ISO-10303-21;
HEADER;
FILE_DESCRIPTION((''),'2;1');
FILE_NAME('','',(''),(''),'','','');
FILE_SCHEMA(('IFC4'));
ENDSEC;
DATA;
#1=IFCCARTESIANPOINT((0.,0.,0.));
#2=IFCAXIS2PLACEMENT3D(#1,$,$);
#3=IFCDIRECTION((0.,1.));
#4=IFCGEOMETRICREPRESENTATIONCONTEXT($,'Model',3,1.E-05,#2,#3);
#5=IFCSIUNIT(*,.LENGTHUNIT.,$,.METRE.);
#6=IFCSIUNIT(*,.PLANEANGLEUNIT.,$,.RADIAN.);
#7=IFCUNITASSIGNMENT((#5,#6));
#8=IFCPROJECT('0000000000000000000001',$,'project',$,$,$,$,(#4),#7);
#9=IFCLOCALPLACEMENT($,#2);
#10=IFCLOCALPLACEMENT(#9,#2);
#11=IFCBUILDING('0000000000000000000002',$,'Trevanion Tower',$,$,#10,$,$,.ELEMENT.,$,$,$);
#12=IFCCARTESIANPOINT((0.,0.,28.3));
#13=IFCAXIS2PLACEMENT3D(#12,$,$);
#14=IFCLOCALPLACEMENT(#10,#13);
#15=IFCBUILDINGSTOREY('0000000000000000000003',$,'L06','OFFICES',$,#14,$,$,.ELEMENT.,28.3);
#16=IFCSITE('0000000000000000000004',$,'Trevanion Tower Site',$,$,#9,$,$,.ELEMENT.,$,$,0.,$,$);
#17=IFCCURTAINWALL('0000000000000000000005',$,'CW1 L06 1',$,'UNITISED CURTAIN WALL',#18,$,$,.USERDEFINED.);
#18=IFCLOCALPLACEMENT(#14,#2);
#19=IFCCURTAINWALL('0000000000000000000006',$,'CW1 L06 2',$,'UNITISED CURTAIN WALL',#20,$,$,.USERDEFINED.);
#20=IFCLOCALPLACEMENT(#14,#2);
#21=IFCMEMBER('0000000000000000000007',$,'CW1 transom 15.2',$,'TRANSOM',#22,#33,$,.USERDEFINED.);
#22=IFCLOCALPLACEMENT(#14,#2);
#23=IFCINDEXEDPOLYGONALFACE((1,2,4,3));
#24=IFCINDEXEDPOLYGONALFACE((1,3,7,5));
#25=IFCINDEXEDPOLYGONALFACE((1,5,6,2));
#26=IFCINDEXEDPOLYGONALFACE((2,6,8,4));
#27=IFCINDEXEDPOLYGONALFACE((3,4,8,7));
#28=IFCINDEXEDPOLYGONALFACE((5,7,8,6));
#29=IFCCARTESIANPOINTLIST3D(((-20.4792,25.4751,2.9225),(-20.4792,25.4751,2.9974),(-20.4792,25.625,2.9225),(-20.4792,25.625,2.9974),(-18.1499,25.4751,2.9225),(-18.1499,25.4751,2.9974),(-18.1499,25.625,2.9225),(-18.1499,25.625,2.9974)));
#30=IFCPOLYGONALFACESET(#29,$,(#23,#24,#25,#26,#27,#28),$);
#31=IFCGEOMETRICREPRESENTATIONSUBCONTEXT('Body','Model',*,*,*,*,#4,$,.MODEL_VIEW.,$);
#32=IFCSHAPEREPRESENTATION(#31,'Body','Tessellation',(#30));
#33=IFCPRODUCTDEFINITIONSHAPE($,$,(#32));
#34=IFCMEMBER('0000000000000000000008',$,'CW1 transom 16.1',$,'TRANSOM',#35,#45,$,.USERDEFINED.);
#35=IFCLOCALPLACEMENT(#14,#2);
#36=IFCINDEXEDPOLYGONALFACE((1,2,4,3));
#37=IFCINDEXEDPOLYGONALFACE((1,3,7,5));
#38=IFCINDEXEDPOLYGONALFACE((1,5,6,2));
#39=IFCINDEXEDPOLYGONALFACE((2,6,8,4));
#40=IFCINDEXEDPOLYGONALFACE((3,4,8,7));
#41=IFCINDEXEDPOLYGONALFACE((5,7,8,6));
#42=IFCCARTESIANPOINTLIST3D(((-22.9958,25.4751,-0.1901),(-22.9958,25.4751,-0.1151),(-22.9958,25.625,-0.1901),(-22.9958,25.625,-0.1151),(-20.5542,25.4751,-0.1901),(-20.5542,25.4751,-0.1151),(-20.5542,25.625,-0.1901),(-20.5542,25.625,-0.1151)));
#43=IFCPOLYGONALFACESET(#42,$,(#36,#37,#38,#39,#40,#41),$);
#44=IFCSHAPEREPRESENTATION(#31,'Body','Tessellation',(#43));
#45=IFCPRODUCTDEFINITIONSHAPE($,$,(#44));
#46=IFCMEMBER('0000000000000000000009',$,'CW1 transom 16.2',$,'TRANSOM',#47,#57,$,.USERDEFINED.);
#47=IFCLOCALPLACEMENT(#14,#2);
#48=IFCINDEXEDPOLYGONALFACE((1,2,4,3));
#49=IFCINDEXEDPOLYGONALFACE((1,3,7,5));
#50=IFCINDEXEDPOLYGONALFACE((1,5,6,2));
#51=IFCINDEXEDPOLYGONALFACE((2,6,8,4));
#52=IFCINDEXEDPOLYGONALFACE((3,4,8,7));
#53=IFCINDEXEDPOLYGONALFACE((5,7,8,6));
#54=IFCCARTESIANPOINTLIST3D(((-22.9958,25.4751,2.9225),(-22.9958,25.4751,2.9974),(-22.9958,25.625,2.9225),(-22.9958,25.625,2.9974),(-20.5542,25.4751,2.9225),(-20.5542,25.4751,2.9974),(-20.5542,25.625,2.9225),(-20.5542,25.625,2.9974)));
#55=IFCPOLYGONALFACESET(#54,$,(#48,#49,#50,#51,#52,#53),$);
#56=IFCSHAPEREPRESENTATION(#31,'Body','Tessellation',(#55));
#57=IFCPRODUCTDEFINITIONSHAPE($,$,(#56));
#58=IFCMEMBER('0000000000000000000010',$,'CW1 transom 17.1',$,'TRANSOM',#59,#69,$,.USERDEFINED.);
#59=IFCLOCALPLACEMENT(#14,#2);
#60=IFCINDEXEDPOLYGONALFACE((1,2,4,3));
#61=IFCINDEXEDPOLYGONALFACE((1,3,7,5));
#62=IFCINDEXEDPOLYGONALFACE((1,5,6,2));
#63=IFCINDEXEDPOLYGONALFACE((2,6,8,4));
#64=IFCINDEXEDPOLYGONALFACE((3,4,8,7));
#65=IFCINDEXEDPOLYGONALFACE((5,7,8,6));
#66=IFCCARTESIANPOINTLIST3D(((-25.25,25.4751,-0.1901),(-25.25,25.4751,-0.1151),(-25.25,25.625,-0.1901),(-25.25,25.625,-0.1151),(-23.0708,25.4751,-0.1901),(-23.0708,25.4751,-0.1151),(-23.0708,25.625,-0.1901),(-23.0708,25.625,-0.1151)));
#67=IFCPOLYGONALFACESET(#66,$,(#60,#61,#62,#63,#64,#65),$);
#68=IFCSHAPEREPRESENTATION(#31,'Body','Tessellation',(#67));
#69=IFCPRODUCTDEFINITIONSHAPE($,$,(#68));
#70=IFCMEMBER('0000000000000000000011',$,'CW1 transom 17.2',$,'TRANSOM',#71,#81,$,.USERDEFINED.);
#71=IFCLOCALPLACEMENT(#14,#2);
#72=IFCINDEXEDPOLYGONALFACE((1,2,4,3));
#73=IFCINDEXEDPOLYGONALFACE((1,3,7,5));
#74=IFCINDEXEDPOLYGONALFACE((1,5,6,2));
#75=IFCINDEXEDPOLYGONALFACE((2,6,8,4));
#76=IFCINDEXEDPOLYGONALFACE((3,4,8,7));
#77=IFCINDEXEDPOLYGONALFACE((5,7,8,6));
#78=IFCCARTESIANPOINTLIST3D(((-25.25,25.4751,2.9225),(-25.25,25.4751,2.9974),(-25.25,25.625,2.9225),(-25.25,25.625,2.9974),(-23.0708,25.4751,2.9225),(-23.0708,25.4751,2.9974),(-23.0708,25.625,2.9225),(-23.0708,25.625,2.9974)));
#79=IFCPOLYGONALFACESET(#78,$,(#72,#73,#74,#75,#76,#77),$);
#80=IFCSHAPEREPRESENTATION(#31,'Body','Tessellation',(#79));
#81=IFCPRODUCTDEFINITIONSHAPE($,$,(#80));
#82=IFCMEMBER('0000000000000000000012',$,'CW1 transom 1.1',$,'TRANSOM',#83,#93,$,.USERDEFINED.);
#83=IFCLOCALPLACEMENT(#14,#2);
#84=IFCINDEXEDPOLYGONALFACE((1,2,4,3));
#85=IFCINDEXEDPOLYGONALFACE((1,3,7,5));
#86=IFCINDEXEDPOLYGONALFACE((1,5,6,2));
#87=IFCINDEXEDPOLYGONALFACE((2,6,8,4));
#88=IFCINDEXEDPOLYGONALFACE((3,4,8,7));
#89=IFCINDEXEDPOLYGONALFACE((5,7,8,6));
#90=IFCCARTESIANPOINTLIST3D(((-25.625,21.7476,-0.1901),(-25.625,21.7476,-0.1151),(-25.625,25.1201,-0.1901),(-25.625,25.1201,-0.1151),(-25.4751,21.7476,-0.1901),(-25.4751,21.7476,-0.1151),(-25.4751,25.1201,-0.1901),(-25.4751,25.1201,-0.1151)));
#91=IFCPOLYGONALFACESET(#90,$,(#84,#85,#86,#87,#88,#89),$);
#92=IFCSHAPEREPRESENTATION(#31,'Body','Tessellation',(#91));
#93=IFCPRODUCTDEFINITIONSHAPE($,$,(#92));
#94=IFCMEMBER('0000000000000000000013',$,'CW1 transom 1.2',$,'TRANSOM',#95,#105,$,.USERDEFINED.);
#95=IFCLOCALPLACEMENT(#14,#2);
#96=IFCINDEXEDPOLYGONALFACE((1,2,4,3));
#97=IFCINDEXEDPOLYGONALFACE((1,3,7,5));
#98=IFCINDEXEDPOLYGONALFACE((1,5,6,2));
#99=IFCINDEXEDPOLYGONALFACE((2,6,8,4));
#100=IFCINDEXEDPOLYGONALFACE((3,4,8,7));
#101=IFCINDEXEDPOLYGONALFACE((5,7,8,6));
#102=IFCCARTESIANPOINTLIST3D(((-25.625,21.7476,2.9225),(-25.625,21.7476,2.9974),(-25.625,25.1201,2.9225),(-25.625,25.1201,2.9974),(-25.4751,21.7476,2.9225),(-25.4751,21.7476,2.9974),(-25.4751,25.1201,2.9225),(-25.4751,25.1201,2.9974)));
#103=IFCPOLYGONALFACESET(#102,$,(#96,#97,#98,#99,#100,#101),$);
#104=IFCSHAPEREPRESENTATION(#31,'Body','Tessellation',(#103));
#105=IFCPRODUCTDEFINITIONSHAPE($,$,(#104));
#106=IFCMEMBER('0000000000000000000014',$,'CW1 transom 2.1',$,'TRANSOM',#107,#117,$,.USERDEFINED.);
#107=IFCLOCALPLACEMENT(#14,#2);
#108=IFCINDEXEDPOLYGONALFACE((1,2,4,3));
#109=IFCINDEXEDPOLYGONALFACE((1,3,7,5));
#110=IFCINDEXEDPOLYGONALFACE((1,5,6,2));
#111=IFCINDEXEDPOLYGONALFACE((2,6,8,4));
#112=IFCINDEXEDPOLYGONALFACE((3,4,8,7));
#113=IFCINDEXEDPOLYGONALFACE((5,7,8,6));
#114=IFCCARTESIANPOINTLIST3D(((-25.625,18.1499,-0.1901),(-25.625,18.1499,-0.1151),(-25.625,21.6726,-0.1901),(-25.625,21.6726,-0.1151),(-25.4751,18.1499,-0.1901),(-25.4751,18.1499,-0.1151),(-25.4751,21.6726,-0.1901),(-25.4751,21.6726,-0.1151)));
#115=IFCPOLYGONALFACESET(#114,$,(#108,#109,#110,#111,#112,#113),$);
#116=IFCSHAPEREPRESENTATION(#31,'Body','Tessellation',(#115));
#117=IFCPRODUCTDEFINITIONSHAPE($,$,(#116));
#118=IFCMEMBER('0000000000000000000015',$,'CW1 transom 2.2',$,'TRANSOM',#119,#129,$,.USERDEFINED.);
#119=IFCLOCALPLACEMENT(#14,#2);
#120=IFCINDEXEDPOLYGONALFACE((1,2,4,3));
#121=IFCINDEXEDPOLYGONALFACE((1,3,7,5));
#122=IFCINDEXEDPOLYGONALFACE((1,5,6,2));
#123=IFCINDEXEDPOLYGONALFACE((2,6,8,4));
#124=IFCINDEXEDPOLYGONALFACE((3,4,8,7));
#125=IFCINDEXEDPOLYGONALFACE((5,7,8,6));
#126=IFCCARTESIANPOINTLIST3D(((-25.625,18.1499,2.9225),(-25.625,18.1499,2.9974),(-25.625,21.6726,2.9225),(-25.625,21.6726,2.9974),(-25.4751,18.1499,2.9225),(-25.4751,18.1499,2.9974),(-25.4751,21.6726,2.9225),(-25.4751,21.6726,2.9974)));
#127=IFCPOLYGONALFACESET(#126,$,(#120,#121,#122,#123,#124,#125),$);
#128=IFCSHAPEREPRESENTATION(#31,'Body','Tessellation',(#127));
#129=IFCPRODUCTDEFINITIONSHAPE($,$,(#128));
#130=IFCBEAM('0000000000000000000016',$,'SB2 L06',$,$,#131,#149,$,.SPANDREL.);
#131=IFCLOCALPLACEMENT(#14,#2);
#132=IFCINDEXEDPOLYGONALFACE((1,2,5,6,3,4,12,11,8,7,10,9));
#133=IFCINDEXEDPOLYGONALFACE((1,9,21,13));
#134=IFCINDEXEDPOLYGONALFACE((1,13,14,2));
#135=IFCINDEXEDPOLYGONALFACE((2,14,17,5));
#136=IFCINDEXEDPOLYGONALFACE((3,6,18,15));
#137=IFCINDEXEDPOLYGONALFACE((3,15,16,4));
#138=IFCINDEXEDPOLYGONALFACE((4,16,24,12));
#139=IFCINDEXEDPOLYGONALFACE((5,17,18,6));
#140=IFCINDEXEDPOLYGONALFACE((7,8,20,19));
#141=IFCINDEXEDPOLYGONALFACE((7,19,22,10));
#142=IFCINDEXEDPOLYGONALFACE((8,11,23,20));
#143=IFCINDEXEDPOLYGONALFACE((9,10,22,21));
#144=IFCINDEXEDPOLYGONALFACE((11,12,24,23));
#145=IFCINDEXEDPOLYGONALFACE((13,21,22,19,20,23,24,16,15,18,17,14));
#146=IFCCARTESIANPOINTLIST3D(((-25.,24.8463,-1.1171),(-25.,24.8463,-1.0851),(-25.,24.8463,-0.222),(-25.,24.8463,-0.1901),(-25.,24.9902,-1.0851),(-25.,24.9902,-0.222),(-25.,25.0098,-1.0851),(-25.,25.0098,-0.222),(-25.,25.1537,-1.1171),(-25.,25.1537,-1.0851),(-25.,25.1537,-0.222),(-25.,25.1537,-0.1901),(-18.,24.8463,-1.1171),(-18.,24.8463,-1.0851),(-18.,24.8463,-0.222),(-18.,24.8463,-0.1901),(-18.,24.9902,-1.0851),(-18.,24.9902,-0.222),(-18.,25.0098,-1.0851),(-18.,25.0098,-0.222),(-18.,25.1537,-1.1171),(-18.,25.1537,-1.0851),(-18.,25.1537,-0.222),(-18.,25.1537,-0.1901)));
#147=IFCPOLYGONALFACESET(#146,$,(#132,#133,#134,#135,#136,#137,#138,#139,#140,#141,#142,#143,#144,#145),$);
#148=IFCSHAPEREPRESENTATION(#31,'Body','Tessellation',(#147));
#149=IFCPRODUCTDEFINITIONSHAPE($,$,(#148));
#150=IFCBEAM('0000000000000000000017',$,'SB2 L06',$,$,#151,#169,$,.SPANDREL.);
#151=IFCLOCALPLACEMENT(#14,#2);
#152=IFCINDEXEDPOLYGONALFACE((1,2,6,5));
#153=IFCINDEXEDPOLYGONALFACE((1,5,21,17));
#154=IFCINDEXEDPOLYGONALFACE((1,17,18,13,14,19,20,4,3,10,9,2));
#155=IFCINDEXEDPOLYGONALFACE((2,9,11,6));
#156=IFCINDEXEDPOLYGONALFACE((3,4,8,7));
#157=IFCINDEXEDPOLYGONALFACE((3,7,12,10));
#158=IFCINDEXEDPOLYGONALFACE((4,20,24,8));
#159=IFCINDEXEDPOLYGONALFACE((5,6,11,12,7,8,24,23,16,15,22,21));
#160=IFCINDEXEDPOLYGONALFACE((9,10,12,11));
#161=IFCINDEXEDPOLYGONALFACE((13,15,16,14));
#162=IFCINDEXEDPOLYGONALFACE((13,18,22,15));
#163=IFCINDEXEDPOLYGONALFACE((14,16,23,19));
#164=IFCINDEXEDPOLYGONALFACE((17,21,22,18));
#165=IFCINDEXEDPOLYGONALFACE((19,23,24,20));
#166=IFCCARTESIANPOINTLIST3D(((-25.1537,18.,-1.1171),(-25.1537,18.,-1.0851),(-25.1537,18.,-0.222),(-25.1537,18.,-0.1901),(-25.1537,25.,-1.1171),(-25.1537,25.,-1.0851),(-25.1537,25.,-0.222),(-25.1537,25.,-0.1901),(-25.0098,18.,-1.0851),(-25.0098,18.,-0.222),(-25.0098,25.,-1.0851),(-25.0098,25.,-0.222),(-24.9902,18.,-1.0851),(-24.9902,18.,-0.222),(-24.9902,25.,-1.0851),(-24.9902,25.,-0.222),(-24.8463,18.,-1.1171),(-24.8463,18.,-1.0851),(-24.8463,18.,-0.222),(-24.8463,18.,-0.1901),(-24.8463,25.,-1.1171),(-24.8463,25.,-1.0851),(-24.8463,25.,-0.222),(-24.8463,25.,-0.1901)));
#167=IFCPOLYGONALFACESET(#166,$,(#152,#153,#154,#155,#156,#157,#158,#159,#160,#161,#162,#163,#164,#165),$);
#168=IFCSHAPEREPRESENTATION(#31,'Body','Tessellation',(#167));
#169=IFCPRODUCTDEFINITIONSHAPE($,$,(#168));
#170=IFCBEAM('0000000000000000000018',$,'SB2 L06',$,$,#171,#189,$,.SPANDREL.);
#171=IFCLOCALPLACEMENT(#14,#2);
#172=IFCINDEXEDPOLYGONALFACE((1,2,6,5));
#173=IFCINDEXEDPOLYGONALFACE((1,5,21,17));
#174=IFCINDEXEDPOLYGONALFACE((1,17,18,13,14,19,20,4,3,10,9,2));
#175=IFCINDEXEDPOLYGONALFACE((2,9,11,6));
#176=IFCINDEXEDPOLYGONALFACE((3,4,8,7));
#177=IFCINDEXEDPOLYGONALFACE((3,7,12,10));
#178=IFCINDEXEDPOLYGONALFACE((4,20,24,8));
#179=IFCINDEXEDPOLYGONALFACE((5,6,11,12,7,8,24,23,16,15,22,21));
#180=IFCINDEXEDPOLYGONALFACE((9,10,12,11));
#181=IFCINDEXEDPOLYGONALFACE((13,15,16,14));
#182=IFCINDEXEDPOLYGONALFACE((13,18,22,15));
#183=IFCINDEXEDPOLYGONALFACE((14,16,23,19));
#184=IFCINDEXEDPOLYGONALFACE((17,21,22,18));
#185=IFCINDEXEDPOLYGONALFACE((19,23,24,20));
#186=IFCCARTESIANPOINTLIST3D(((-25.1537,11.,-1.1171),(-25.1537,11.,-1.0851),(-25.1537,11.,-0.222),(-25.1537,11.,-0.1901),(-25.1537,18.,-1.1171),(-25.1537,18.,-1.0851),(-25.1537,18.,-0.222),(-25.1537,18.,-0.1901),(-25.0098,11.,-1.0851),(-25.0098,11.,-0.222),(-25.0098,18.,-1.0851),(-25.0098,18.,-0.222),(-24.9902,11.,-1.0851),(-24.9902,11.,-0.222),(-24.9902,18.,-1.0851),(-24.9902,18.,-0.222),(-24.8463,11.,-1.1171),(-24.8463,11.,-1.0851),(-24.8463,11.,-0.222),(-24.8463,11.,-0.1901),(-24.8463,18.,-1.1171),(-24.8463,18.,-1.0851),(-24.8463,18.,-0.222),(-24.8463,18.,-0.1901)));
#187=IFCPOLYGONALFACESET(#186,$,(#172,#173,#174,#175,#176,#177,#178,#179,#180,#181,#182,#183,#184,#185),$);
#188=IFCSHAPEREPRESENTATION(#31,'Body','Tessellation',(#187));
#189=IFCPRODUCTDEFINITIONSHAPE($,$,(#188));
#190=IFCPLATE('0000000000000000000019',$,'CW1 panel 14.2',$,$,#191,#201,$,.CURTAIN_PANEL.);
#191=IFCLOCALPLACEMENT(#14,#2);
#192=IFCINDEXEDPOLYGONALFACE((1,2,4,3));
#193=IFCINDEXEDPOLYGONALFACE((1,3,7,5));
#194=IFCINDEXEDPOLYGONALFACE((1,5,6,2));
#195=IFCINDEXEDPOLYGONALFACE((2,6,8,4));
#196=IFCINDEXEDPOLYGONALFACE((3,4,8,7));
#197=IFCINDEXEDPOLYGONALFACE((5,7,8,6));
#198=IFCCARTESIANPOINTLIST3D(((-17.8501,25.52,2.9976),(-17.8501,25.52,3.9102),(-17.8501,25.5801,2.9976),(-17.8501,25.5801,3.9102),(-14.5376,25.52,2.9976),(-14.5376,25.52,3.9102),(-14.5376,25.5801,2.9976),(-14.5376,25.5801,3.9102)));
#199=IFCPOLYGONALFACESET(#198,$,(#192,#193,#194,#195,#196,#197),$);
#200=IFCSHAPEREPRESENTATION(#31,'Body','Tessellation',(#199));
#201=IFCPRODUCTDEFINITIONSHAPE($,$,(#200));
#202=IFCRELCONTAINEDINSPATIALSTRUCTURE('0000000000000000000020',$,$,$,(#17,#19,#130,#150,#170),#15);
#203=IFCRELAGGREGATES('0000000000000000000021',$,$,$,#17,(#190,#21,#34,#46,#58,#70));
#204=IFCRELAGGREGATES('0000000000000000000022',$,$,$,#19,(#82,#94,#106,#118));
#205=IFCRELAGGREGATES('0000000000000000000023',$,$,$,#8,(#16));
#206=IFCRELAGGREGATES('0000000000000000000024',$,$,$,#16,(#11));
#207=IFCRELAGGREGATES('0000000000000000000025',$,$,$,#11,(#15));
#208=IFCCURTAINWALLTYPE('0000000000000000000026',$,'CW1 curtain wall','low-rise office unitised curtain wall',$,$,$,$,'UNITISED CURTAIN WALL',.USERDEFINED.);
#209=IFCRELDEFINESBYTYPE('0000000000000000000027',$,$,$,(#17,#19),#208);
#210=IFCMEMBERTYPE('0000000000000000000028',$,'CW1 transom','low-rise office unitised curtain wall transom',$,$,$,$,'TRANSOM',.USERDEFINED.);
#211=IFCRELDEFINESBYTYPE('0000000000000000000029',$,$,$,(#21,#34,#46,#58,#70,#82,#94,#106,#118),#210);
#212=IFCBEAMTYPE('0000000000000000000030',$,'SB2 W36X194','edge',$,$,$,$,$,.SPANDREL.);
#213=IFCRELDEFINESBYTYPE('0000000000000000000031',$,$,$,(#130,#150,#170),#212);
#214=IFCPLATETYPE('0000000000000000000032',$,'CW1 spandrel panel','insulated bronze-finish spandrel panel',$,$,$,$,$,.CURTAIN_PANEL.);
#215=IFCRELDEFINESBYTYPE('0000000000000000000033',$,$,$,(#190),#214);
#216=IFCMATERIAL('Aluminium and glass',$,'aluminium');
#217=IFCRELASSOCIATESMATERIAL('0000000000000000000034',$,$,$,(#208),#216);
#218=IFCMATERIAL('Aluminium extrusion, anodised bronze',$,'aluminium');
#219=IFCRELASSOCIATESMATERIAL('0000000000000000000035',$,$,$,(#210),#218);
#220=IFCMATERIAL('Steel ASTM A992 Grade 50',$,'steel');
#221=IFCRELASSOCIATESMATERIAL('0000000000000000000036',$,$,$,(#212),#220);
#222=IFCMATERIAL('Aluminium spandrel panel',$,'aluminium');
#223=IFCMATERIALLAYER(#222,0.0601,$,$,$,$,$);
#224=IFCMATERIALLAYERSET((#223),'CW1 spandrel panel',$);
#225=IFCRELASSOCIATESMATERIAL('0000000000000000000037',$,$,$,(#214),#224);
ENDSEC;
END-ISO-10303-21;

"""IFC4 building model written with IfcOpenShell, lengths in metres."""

from ifc_helpers import new_model, si_unit, direction, frame, origin, origin_2d, place, context, subcontext, project, spatial, rectangle, i_section, extrude, material, layer, layer_set, material_profile, profile_set, type_object, element, aggregate, save


model = new_model("IFC4")

# Units and contexts
model_context = context("Model", 3, precision=1e-05, world=origin(), true_north=direction((0.0, 1.0)))
body_context = subcontext(model_context, "Body", "Model", "MODEL_VIEW")
ifc_project = project(units=[si_unit("LENGTHUNIT", "METRE"), si_unit("PLANEANGLEUNIT", "RADIAN")], contexts=[model_context])

# Site, building, storey
site_placement = place(None, origin())
site = spatial("IfcSite", under=ifc_project, at=site_placement, Name="Trevanion Tower Site", CompositionType="ELEMENT", RefElevation=0.0)
building_placement = place(site_placement, origin())
building = spatial("IfcBuilding", under=site, at=building_placement, Name="Trevanion Tower", CompositionType="ELEMENT")
storey_placement = place(building_placement, frame((0.0, 0.0, 28.3)))
storey = spatial("IfcBuildingStorey", under=building, at=storey_placement, Name="L06", Description="OFFICES", CompositionType="ELEMENT", Elevation=28.3)

# Curtain wall
ifc_material_1 = material(Name="Aluminium and glass", Category="aluminium")
curtain_wall_type = type_object("IfcCurtainWallType", Name="CW1 curtain wall", Description="low-rise office unitised curtain wall", ElementType="UNITISED CURTAIN WALL", PredefinedType="USERDEFINED", material=ifc_material_1)
curtain_wall_1_placement = place(storey_placement, origin())
curtain_wall_1 = element("IfcCurtainWall", 1, at=curtain_wall_1_placement, inside=storey, type_object=curtain_wall_type, Name="CW1 L06 1", ObjectType="UNITISED CURTAIN WALL", PredefinedType="USERDEFINED")

# Curtain wall
curtain_wall_2_placement = place(storey_placement, origin())
curtain_wall_2 = element("IfcCurtainWall", 2, at=curtain_wall_2_placement, inside=storey, type_object=curtain_wall_type, Name="CW1 L06 2", ObjectType="UNITISED CURTAIN WALL", PredefinedType="USERDEFINED")

# Members
ifc_material_2 = material(Name="Aluminium extrusion, anodised bronze", Category="aluminium")
ifc_material_profile_1 = material_profile(ifc_material_2, rectangle(XDim=0.1499, YDim=0.075, at=origin_2d()), Name="CW1 transom")
ifc_profile_set_1 = profile_set([ifc_material_profile_1], Name="Aluminium extrusion, anodised bronze")
member_type_1 = type_object("IfcMemberType", Name="CW1 transom", Description="low-rise office unitised curtain wall transom", ElementType="TRANSOM", PredefinedType="USERDEFINED", material=ifc_profile_set_1)
member_1_placement = place(storey_placement, frame((-18.1499, 25.55, 2.96), z_axis=(-1.0, 0.0, 0.0), x_axis=(0.0, -1.0, 0.0)))
member_1 = element("IfcMember", 3, at=member_1_placement, type_object=member_type_1, Name="CW1 transom 15.2", ObjectType="TRANSOM", PredefinedType="USERDEFINED", context=body_context, shape_type="SweptSolid", body=[
    extrude(rectangle(XDim=0.1499, YDim=0.075, at=origin_2d()), origin(), (0.0, 0.0, 1.0), 2.3293),
])
member_2_placement = place(storey_placement, frame((-20.5542, 25.55, -0.1526), z_axis=(-1.0, 0.0, 0.0), x_axis=(0.0, -1.0, 0.0)))
member_2 = element("IfcMember", 4, at=member_2_placement, type_object=member_type_1, Name="CW1 transom 16.1", ObjectType="TRANSOM", PredefinedType="USERDEFINED", context=body_context, shape_type="SweptSolid", body=[
    extrude(rectangle(XDim=0.1499, YDim=0.075, at=origin_2d()), origin(), (0.0, 0.0, 1.0), 2.4417),
])
member_3_placement = place(storey_placement, frame((-20.5542, 25.55, 2.96), z_axis=(-1.0, 0.0, 0.0), x_axis=(0.0, -1.0, 0.0)))
member_3 = element("IfcMember", 5, at=member_3_placement, type_object=member_type_1, Name="CW1 transom 16.2", ObjectType="TRANSOM", PredefinedType="USERDEFINED", context=body_context, shape_type="SweptSolid", body=[
    extrude(rectangle(XDim=0.1499, YDim=0.075, at=origin_2d()), origin(), (0.0, 0.0, 1.0), 2.4417),
])
member_4_placement = place(storey_placement, frame((-23.0708, 25.55, -0.1526), z_axis=(-1.0, 0.0, 0.0), x_axis=(0.0, -1.0, 0.0)))
member_4 = element("IfcMember", 6, at=member_4_placement, type_object=member_type_1, Name="CW1 transom 17.1", ObjectType="TRANSOM", PredefinedType="USERDEFINED", context=body_context, shape_type="SweptSolid", body=[
    extrude(rectangle(XDim=0.1499, YDim=0.075, at=origin_2d()), origin(), (0.0, 0.0, 1.0), 2.1792),
])
member_5_placement = place(storey_placement, frame((-23.0708, 25.55, 2.96), z_axis=(-1.0, 0.0, 0.0), x_axis=(0.0, -1.0, 0.0)))
member_5 = element("IfcMember", 7, at=member_5_placement, type_object=member_type_1, Name="CW1 transom 17.2", ObjectType="TRANSOM", PredefinedType="USERDEFINED", context=body_context, shape_type="SweptSolid", body=[
    extrude(rectangle(XDim=0.1499, YDim=0.075, at=origin_2d()), origin(), (0.0, 0.0, 1.0), 2.1792),
])
member_6_placement = place(storey_placement, frame((-25.55, 25.1201, -0.1526), z_axis=(0.0, -1.0, 0.0), x_axis=(1.0, 0.0, 0.0)))
member_6 = element("IfcMember", 8, at=member_6_placement, type_object=member_type_1, Name="CW1 transom 1.1", ObjectType="TRANSOM", PredefinedType="USERDEFINED", context=body_context, shape_type="SweptSolid", body=[
    extrude(rectangle(XDim=0.1499, YDim=0.075, at=origin_2d()), origin(), (0.0, 0.0, 1.0), 3.3726),
])
member_7_placement = place(storey_placement, frame((-25.55, 25.1201, 2.96), z_axis=(0.0, -1.0, 0.0), x_axis=(1.0, 0.0, 0.0)))
member_7 = element("IfcMember", 9, at=member_7_placement, type_object=member_type_1, Name="CW1 transom 1.2", ObjectType="TRANSOM", PredefinedType="USERDEFINED", context=body_context, shape_type="SweptSolid", body=[
    extrude(rectangle(XDim=0.1499, YDim=0.075, at=origin_2d()), origin(), (0.0, 0.0, 1.0), 3.3726),
])
member_8_placement = place(storey_placement, frame((-25.55, 21.6726, -0.1526), z_axis=(0.0, -1.0, 0.0), x_axis=(1.0, 0.0, 0.0)))
member_8 = element("IfcMember", 10, at=member_8_placement, type_object=member_type_1, Name="CW1 transom 2.1", ObjectType="TRANSOM", PredefinedType="USERDEFINED", context=body_context, shape_type="SweptSolid", body=[
    extrude(rectangle(XDim=0.1499, YDim=0.075, at=origin_2d()), origin(), (0.0, 0.0, 1.0), 3.5227),
])
member_9_placement = place(storey_placement, frame((-25.55, 21.6726, 2.96), z_axis=(0.0, -1.0, 0.0), x_axis=(1.0, 0.0, 0.0)))
member_9 = element("IfcMember", 11, at=member_9_placement, type_object=member_type_1, Name="CW1 transom 2.2", ObjectType="TRANSOM", PredefinedType="USERDEFINED", context=body_context, shape_type="SweptSolid", body=[
    extrude(rectangle(XDim=0.1499, YDim=0.075, at=origin_2d()), origin(), (0.0, 0.0, 1.0), 3.5227),
])

# Beams
ifc_material_3 = material(Name="Steel ASTM A992 Grade 50", Category="steel")
ifc_material_profile_2 = material_profile(ifc_material_3, i_section(OverallWidth=0.3074, OverallDepth=0.927, WebThickness=0.0195, FlangeThickness=0.032, at=origin_2d()), Name="W36X194")
ifc_profile_set_2 = profile_set([ifc_material_profile_2], Name="Steel ASTM A992 Grade 50")
beam_type = type_object("IfcBeamType", Name="SB2 W36X194", Description="edge", PredefinedType="SPANDREL", material=ifc_profile_set_2)
for number, where, z_axis, x_axis, name in (
    (12, (-18.0, 25.0, -0.6536), (-1.0, 0.0, 0.0), (0.0, -1.0, 0.0), "SB2 L06"),
    (13, (-25.0, 25.0, -0.6536), (0.0, -1.0, 0.0), (1.0, 0.0, 0.0), "SB2 L06"),
    (14, (-25.0, 18.0, -0.6536), (0.0, -1.0, 0.0), (1.0, 0.0, 0.0), "SB2 L06"),
):
    element("IfcBeam", number, at=place(storey_placement, frame(where, z_axis=z_axis, x_axis=x_axis)), inside=storey, type_object=beam_type, Name=name, PredefinedType="SPANDREL", context=body_context, shape_type="SweptSolid", body=[
        extrude(i_section(OverallWidth=0.3074, OverallDepth=0.927, WebThickness=0.0195, FlangeThickness=0.032, at=origin_2d()), origin(), (0.0, 0.0, 1.0), 7.0),
    ])

# Plate
ifc_material_4 = material(Name="Aluminium spandrel panel", Category="aluminium")
ifc_layer_1 = layer(ifc_material_4, 0.0601)
ifc_layer_set_1 = layer_set([ifc_layer_1], Name="CW1 spandrel panel")
plate_type_1 = type_object("IfcPlateType", Name="CW1 spandrel panel", Description="insulated bronze-finish spandrel panel", PredefinedType="CURTAIN_PANEL", material=ifc_layer_set_1)
plate_1_placement = place(storey_placement, frame((-16.1938, 25.55, 2.9976), z_axis=(0.0, 0.0, 1.0), x_axis=(-1.0, 0.0, 0.0)))
plate_1 = element("IfcPlate", 15, at=plate_1_placement, type_object=plate_type_1, Name="CW1 panel 14.2", PredefinedType="CURTAIN_PANEL", context=body_context, shape_type="SweptSolid", body=[
    extrude(rectangle(XDim=3.3125, YDim=0.0601, at=origin_2d()), origin(), (0.0, 0.0, 1.0), 0.9126),
])
aggregate(curtain_wall_1, [plate_1, member_1, member_2, member_3, member_4, member_5])
aggregate(curtain_wall_2, [member_6, member_7, member_8, member_9])

save(model, "model.ifc")
